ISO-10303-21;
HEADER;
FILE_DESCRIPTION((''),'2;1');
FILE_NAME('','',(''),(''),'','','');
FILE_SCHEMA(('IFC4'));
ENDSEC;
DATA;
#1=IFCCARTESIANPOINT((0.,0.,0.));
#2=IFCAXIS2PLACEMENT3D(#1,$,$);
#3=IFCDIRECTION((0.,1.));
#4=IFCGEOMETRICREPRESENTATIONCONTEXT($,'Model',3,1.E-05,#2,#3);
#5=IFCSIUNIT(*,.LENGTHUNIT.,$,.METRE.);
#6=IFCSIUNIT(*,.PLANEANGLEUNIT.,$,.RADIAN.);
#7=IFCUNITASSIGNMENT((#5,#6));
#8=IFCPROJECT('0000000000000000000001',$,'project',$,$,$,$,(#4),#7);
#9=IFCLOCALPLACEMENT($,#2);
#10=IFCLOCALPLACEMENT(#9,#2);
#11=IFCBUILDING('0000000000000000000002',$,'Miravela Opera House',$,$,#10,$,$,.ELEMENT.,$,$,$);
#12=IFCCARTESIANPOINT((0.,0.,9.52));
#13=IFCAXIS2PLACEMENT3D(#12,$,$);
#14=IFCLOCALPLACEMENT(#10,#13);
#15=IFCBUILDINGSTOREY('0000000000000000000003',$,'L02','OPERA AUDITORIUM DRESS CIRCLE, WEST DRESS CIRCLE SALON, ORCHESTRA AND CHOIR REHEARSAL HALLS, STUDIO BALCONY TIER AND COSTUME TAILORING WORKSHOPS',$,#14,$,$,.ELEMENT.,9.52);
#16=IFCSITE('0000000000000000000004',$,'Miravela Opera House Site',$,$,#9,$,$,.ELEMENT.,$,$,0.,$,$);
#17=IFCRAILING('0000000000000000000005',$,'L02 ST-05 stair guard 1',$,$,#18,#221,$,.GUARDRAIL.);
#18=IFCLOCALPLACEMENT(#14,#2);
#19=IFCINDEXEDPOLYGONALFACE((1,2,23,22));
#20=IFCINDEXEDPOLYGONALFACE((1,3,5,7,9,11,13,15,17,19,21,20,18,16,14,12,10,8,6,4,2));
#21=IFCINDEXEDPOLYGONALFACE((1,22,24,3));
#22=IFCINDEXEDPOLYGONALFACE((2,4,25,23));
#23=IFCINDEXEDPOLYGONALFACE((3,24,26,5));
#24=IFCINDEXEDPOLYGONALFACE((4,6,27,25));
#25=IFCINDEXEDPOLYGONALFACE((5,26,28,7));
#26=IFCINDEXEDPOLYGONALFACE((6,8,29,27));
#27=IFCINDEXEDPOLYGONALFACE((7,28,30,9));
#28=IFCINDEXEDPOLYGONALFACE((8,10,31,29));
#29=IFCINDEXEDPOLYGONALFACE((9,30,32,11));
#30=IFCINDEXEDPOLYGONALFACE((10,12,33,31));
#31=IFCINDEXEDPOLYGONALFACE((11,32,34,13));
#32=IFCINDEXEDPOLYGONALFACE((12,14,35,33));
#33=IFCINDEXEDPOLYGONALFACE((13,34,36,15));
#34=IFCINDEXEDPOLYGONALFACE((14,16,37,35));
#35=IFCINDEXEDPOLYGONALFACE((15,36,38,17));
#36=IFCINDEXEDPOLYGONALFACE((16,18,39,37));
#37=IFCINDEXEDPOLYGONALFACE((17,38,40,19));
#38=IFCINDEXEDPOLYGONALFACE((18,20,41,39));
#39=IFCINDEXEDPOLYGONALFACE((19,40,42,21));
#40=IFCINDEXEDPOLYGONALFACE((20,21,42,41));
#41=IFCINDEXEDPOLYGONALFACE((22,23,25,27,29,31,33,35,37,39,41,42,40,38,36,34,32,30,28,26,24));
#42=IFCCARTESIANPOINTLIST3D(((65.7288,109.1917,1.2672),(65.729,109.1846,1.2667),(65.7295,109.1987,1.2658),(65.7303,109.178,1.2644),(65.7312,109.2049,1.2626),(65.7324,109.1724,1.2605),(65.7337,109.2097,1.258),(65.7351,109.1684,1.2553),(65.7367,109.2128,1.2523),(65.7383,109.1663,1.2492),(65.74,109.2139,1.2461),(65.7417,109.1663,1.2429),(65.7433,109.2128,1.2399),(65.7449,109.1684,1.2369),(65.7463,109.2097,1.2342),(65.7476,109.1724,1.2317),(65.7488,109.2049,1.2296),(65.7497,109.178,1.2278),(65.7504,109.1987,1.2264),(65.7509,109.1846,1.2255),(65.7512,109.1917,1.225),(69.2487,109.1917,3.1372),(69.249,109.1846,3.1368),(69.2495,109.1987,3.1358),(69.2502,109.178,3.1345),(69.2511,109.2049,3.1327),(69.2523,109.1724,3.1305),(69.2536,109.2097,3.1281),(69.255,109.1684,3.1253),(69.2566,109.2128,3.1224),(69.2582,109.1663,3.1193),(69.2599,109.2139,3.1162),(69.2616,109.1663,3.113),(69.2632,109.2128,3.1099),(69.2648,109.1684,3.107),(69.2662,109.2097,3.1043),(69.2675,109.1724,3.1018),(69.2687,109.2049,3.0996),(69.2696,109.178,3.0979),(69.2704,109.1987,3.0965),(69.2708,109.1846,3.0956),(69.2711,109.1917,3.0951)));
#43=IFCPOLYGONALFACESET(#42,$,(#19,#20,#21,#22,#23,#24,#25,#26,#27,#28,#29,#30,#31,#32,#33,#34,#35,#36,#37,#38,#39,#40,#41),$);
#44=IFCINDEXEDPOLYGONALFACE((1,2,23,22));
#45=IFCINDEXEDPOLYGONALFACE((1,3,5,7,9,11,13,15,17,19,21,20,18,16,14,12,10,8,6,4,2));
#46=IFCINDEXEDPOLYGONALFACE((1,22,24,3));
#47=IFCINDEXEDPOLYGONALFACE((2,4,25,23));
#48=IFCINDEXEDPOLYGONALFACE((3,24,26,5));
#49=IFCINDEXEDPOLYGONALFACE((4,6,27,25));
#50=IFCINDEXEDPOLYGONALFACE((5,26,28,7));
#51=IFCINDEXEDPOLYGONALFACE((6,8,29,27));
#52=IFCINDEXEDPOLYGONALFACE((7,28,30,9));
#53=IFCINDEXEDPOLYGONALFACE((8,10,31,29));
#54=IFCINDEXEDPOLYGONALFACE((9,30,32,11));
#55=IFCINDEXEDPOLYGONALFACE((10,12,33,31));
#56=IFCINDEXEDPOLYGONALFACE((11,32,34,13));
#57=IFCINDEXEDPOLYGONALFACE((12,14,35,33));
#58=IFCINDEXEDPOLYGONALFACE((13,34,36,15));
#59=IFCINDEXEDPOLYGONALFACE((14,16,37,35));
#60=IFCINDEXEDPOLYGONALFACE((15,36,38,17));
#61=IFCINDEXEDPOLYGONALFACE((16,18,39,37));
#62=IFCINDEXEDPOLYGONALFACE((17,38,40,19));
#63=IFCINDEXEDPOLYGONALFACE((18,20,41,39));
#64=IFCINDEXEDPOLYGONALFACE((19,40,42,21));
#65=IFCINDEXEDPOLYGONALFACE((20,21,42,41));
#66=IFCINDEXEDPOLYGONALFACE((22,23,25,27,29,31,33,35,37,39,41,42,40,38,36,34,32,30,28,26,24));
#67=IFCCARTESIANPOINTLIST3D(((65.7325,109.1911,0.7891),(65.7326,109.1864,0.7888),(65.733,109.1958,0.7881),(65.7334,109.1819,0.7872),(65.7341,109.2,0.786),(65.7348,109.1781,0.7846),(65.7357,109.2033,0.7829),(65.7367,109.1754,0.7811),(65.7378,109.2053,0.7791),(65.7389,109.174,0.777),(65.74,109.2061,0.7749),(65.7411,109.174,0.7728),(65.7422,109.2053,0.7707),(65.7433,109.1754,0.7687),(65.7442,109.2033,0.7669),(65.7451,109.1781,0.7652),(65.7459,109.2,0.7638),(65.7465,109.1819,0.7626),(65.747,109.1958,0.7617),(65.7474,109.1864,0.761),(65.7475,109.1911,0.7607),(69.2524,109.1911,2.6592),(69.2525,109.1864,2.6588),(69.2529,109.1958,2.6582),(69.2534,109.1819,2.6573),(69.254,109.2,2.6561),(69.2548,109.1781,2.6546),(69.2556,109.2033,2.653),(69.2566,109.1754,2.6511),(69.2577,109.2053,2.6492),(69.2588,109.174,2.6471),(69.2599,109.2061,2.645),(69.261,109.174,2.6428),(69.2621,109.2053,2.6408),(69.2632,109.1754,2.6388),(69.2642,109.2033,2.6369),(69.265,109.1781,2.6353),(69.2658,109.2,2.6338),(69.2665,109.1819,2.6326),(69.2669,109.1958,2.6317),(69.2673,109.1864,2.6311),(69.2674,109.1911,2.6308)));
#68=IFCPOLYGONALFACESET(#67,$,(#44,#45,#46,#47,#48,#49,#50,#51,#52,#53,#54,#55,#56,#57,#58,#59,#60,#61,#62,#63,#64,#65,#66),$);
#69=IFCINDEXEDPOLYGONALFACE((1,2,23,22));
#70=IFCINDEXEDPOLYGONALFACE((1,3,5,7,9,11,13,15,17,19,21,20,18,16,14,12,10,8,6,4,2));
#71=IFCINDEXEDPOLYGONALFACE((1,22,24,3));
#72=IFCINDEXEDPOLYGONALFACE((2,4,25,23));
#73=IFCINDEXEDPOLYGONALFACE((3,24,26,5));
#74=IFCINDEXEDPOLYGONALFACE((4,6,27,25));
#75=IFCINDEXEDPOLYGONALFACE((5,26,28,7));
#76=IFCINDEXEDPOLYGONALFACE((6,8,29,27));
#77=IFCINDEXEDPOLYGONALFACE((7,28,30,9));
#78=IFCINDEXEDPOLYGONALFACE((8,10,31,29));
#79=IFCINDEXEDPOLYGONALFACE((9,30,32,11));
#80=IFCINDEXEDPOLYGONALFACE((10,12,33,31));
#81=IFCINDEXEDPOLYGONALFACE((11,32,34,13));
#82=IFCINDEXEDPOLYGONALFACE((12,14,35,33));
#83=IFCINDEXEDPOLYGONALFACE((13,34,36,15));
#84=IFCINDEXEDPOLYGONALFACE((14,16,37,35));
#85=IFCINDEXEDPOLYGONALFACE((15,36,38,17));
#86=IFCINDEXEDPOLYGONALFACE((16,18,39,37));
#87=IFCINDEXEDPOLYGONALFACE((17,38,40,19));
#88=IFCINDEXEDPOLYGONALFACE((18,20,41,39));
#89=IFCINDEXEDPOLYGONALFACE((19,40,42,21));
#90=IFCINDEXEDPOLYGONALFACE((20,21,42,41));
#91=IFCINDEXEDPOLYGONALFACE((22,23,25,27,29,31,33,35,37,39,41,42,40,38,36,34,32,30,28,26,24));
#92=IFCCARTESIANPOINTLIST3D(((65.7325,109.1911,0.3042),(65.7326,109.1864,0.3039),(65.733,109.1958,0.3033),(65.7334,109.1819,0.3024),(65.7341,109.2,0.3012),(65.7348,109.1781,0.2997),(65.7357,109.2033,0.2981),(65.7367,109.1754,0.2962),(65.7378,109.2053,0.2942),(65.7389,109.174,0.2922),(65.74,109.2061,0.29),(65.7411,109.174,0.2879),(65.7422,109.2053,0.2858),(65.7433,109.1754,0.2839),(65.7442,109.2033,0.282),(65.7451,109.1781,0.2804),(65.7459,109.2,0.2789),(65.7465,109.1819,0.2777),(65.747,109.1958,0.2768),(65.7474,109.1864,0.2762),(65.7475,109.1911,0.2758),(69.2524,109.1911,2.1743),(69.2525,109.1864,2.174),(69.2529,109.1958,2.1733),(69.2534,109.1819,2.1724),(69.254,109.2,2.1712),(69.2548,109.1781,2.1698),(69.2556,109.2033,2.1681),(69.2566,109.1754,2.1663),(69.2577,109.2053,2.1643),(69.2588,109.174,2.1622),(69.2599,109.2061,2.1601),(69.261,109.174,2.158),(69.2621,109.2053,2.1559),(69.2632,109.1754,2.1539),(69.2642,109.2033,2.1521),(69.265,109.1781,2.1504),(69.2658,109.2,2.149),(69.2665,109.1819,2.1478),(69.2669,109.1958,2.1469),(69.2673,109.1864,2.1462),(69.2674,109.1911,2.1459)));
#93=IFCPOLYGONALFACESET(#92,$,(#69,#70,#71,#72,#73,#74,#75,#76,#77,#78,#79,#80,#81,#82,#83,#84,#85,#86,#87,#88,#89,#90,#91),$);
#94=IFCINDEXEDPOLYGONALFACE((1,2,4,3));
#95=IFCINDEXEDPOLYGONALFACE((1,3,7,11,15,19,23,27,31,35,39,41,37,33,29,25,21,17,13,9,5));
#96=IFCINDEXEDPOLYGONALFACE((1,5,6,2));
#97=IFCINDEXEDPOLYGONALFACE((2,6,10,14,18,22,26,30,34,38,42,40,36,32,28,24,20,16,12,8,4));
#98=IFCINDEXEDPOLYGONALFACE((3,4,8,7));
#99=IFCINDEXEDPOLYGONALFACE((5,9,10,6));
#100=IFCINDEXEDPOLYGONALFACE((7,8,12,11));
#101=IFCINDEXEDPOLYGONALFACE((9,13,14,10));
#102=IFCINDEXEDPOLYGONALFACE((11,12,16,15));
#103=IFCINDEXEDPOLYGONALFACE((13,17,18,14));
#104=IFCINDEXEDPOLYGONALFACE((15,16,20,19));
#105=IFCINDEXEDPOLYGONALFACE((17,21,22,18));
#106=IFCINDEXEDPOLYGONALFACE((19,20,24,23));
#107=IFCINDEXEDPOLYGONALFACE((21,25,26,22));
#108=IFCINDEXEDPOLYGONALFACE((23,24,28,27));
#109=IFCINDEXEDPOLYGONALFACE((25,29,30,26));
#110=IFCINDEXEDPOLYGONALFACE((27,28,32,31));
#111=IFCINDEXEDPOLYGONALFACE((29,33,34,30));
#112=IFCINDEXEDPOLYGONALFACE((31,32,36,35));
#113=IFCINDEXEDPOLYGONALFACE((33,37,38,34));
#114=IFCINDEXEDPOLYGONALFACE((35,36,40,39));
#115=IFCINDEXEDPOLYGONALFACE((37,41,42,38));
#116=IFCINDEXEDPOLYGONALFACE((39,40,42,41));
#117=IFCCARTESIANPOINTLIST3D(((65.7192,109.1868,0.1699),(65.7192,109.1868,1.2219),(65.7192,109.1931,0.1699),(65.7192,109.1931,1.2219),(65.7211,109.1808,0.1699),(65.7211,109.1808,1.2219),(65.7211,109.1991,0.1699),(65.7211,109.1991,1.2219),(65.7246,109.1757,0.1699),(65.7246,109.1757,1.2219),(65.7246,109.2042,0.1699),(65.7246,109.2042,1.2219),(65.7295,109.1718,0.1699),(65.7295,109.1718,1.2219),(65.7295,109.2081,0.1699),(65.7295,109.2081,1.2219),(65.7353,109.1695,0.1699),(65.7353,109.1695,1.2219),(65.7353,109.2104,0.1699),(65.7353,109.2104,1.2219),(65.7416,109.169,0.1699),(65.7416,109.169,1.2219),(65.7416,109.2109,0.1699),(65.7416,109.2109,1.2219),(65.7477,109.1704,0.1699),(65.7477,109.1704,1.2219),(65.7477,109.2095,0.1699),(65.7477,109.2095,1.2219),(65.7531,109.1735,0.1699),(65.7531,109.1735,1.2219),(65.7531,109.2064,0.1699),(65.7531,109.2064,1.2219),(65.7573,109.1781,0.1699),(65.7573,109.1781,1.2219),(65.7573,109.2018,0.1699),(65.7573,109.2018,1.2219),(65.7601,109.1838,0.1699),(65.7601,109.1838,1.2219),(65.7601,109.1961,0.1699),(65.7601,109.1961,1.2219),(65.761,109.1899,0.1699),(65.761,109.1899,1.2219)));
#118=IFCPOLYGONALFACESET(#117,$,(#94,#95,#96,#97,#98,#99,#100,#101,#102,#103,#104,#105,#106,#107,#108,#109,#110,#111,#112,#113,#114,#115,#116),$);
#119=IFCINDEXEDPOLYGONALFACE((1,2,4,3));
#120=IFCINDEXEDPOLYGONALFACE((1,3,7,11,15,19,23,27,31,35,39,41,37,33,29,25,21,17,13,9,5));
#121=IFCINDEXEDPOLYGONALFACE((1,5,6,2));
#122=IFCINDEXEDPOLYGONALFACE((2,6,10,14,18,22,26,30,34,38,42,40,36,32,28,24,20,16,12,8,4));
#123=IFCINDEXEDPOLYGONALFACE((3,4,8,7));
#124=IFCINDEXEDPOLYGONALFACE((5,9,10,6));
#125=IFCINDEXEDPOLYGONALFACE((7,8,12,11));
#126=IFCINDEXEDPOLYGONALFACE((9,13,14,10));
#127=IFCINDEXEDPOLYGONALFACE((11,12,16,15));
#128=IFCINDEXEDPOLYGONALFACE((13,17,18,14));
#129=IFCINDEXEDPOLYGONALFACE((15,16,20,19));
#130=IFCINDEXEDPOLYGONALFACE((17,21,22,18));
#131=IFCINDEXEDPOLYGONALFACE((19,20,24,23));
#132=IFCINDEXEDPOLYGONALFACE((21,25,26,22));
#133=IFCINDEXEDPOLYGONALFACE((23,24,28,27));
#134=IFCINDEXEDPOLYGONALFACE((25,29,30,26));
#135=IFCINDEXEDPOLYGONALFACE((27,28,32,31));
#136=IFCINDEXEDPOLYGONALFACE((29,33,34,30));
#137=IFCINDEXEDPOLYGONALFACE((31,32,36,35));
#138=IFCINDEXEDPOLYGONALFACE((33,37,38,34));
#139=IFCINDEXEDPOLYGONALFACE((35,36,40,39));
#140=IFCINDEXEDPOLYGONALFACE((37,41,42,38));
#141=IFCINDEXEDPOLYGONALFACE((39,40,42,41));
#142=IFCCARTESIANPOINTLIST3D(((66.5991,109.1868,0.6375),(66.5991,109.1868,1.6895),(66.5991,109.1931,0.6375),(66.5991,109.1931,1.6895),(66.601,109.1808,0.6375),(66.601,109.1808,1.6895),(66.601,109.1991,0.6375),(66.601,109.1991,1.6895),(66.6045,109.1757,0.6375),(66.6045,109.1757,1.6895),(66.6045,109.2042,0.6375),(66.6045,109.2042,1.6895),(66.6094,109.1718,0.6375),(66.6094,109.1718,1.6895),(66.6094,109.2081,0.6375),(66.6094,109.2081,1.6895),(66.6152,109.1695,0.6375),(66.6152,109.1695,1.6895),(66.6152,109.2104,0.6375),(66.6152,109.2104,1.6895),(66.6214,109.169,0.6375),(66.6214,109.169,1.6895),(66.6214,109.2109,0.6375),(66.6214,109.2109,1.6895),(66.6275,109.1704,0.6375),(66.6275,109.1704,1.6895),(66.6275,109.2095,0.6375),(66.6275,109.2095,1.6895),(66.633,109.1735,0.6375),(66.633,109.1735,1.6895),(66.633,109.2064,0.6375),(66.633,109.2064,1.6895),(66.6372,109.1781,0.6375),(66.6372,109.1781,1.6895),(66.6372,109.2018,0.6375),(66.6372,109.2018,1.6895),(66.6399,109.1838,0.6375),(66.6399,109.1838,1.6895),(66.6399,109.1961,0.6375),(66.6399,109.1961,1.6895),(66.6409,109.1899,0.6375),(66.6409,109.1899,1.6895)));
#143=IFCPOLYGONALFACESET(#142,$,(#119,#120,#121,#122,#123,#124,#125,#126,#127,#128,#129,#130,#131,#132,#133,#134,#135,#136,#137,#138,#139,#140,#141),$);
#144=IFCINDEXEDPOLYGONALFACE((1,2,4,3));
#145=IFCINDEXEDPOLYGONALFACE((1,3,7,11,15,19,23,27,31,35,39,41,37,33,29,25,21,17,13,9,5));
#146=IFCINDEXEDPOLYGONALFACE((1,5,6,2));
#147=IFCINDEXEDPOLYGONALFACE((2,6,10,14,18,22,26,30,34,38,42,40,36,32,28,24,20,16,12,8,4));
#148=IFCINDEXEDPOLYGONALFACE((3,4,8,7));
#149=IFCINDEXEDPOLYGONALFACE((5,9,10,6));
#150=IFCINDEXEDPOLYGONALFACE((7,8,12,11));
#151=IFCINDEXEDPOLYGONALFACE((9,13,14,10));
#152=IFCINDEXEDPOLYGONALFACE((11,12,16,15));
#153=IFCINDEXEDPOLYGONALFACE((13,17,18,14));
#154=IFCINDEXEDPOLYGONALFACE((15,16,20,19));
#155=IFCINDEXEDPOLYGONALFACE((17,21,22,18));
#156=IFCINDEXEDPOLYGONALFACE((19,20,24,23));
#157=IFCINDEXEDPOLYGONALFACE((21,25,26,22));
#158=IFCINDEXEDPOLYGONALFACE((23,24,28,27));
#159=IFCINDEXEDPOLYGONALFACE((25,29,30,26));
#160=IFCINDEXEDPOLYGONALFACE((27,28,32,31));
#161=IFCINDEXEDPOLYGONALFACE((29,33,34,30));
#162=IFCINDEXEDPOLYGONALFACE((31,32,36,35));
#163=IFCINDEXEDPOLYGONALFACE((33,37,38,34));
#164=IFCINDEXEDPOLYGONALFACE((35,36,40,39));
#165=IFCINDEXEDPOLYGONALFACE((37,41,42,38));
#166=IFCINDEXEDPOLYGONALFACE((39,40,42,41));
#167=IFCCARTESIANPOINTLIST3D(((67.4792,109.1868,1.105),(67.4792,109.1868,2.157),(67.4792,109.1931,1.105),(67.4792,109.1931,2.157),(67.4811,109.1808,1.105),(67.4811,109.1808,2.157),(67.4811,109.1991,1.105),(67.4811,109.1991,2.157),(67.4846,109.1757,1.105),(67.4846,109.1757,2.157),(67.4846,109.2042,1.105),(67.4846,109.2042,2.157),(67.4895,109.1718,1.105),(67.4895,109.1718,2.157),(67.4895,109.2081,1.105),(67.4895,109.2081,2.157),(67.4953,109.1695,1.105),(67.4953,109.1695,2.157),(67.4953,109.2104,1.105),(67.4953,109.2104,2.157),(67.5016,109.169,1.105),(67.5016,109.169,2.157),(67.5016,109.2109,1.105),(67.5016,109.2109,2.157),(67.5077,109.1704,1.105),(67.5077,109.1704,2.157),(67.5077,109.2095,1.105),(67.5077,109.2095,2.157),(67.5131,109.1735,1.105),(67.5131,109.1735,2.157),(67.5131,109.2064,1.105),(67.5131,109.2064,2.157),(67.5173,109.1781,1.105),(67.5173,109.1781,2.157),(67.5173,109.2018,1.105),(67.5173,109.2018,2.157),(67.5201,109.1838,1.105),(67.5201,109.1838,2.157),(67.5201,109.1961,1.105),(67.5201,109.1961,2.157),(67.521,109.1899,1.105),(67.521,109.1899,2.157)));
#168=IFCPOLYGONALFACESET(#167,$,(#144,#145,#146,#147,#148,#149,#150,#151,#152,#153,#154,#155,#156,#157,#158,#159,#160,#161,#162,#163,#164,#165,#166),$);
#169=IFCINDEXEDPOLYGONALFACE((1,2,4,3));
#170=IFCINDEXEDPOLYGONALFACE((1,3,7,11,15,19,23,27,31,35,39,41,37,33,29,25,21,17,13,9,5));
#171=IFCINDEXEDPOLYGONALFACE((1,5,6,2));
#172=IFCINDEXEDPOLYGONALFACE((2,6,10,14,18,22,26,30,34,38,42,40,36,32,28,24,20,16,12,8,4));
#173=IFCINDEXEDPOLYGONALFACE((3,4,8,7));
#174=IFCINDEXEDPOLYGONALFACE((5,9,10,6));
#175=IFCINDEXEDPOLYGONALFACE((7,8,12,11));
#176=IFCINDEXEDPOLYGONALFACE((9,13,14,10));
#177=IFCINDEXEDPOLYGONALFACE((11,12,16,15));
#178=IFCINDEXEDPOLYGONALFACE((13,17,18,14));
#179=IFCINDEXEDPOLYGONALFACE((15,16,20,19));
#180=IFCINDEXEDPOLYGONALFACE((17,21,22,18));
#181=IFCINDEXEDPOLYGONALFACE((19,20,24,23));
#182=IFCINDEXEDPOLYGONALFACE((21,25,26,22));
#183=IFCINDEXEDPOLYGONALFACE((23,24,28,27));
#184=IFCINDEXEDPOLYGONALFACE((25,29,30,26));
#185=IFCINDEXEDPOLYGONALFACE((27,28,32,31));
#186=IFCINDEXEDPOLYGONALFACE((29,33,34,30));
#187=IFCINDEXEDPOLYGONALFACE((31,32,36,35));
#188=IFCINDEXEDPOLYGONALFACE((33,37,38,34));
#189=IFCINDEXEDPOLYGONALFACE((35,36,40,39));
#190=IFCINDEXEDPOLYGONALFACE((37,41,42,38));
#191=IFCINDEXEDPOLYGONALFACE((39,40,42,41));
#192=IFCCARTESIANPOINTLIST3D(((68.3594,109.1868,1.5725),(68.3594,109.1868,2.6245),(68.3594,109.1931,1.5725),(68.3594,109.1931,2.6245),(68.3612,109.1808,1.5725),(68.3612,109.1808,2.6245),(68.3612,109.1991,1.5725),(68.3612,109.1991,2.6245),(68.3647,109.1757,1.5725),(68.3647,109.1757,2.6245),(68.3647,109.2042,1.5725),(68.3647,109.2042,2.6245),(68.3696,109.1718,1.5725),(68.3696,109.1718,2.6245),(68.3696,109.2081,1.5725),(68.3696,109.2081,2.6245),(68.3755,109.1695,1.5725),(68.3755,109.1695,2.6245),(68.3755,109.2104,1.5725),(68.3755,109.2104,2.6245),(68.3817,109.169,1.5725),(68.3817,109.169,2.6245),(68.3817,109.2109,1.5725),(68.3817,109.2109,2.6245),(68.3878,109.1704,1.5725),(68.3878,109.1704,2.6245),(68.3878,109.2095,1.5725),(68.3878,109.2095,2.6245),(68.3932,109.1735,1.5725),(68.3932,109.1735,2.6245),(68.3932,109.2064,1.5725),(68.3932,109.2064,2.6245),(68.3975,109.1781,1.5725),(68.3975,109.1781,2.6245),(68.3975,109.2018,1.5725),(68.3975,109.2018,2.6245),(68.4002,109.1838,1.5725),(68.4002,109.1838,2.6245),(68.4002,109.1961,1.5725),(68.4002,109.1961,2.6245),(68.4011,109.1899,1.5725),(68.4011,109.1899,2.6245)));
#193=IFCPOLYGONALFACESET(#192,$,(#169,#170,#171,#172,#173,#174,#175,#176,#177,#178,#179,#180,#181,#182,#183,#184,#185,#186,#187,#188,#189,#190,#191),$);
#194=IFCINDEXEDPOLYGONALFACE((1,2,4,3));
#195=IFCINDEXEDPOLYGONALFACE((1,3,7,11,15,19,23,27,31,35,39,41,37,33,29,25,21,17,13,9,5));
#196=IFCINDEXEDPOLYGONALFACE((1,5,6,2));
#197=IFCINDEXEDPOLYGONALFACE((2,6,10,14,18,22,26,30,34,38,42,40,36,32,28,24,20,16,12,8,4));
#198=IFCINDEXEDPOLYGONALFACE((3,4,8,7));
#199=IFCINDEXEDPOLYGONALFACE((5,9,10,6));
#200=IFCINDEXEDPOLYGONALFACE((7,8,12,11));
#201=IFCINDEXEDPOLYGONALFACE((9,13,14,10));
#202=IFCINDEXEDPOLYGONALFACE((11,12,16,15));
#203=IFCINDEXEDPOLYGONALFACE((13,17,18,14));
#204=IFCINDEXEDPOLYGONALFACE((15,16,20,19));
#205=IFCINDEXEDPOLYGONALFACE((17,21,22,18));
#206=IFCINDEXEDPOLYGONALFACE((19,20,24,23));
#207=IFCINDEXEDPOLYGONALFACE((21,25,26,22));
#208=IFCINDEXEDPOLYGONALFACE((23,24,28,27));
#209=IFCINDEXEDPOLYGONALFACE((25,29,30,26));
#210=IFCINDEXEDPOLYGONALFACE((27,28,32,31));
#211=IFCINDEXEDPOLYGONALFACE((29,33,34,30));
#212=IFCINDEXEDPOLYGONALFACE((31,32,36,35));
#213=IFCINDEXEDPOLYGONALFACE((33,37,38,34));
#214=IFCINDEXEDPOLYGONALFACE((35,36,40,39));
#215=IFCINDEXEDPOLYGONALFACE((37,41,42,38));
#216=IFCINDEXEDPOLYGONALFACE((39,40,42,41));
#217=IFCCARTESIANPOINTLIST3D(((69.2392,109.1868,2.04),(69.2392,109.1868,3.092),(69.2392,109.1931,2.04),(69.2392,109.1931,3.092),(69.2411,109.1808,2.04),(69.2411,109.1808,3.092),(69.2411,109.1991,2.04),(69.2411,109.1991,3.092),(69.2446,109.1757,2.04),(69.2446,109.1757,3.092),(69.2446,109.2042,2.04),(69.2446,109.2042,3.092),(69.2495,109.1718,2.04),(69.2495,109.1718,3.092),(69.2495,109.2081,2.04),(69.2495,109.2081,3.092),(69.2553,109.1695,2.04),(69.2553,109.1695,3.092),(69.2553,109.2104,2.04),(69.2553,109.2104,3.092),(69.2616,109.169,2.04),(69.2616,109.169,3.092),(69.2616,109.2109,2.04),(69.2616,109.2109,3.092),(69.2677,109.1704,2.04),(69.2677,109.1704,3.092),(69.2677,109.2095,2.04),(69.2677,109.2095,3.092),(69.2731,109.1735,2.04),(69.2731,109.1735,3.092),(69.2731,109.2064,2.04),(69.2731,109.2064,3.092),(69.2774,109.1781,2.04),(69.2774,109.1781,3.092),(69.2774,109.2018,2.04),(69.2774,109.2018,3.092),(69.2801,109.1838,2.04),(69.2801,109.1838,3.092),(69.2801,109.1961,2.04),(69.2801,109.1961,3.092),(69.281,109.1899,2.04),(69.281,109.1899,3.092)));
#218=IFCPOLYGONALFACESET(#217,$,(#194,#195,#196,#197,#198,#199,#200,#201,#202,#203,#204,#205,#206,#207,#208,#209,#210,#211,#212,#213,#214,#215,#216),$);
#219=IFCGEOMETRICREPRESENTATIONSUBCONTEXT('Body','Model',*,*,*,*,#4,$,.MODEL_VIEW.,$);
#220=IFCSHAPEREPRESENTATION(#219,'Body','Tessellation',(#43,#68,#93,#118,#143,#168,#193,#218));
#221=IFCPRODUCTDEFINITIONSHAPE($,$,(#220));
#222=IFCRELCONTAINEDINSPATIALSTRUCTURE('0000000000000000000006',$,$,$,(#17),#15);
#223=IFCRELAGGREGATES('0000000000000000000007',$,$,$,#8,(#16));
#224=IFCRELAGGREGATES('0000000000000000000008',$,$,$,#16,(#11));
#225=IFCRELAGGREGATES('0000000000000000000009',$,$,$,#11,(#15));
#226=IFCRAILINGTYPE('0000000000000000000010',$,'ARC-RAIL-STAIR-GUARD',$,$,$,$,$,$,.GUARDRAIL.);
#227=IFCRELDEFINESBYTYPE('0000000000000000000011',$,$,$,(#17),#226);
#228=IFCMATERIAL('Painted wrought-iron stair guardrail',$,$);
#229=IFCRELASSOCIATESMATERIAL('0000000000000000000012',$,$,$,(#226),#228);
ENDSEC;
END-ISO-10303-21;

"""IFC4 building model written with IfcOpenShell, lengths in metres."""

from ifc_helpers import new_model, si_unit, direction, frame, origin, origin_2d, place, context, subcontext, project, spatial, circle, extrude, material, type_object, element, save


model = new_model("IFC4")

# Units and contexts
model_context = context("Model", 3, precision=1e-05, world=origin(), true_north=direction((0.0, 1.0)))
body_context = subcontext(model_context, "Body", "Model", "MODEL_VIEW")
ifc_project = project(units=[si_unit("LENGTHUNIT", "METRE"), si_unit("PLANEANGLEUNIT", "RADIAN")], contexts=[model_context])

# Site, building, storey
site_placement = place(None, origin())
site = spatial("IfcSite", under=ifc_project, at=site_placement, Name="Miravela Opera House Site", CompositionType="ELEMENT", RefElevation=0.0)
building_placement = place(site_placement, origin())
building = spatial("IfcBuilding", under=site, at=building_placement, Name="Miravela Opera House", CompositionType="ELEMENT")
storey_placement = place(building_placement, frame((0.0, 0.0, 9.52)))
storey = spatial("IfcBuildingStorey", under=building, at=storey_placement, Name="L02", Description="OPERA AUDITORIUM DRESS CIRCLE, WEST DRESS CIRCLE SALON, ORCHESTRA AND CHOIR REHEARSAL HALLS, STUDIO BALCONY TIER AND COSTUME TAILORING WORKSHOPS", CompositionType="ELEMENT", Elevation=9.52)

# Railing
ifc_material_1 = material(Name="Painted wrought-iron stair guardrail")
railing_type_1 = type_object("IfcRailingType", Name="ARC-RAIL-STAIR-GUARD", PredefinedType="GUARDRAIL", material=ifc_material_1)
railing_1_placement = place(storey_placement, frame((65.74, 109.1899, 0.1699)))
element("IfcRailing", 1, at=railing_1_placement, inside=storey, type_object=railing_type_1, Name="L02 ST-05 stair guard 1", PredefinedType="GUARDRAIL", context=body_context, shape_type="SweptSolid", body=[
    extrude(circle(Radius=0.0239, at=origin_2d()), frame((0.0, 0.0, 1.0762), z_axis=(0.883105, 0.0, 0.469176), x_axis=(0.0, 1.0, 0.0)), (0.0, 0.0, 1.0), 3.9858),
    extrude(circle(Radius=0.0161, at=origin_2d()), frame((0.0, 0.0, 0.605), z_axis=(0.883105, 0.0, 0.469176), x_axis=(0.0, 1.0, 0.0)), (0.0, 0.0, 1.0), 3.9858),
    extrude(circle(Radius=0.0161, at=origin_2d()), frame((0.0, 0.0, 0.1201), z_axis=(0.883105, 0.0, 0.469176), x_axis=(0.0, 1.0, 0.0)), (0.0, 0.0, 1.0), 3.9858),
    extrude(circle(Radius=0.021, at=origin_2d()), origin(), (0.0, 0.0, 1.0), 1.052),
    extrude(circle(Radius=0.021, at=origin_2d()), frame((0.8799, 0.0, 0.4675)), (0.0, 0.0, 1.0), 1.052),
    extrude(circle(Radius=0.021, at=origin_2d()), frame((1.76, 0.0, 0.9351)), (0.0, 0.0, 1.0), 1.052),
    extrude(circle(Radius=0.021, at=origin_2d()), frame((2.6401, 0.0, 1.4026)), (0.0, 0.0, 1.0), 1.052),
    extrude(circle(Radius=0.021, at=origin_2d()), frame((3.52, 0.0, 1.8701)), (0.0, 0.0, 1.0), 1.052),
])

save(model, "model.ifc")
